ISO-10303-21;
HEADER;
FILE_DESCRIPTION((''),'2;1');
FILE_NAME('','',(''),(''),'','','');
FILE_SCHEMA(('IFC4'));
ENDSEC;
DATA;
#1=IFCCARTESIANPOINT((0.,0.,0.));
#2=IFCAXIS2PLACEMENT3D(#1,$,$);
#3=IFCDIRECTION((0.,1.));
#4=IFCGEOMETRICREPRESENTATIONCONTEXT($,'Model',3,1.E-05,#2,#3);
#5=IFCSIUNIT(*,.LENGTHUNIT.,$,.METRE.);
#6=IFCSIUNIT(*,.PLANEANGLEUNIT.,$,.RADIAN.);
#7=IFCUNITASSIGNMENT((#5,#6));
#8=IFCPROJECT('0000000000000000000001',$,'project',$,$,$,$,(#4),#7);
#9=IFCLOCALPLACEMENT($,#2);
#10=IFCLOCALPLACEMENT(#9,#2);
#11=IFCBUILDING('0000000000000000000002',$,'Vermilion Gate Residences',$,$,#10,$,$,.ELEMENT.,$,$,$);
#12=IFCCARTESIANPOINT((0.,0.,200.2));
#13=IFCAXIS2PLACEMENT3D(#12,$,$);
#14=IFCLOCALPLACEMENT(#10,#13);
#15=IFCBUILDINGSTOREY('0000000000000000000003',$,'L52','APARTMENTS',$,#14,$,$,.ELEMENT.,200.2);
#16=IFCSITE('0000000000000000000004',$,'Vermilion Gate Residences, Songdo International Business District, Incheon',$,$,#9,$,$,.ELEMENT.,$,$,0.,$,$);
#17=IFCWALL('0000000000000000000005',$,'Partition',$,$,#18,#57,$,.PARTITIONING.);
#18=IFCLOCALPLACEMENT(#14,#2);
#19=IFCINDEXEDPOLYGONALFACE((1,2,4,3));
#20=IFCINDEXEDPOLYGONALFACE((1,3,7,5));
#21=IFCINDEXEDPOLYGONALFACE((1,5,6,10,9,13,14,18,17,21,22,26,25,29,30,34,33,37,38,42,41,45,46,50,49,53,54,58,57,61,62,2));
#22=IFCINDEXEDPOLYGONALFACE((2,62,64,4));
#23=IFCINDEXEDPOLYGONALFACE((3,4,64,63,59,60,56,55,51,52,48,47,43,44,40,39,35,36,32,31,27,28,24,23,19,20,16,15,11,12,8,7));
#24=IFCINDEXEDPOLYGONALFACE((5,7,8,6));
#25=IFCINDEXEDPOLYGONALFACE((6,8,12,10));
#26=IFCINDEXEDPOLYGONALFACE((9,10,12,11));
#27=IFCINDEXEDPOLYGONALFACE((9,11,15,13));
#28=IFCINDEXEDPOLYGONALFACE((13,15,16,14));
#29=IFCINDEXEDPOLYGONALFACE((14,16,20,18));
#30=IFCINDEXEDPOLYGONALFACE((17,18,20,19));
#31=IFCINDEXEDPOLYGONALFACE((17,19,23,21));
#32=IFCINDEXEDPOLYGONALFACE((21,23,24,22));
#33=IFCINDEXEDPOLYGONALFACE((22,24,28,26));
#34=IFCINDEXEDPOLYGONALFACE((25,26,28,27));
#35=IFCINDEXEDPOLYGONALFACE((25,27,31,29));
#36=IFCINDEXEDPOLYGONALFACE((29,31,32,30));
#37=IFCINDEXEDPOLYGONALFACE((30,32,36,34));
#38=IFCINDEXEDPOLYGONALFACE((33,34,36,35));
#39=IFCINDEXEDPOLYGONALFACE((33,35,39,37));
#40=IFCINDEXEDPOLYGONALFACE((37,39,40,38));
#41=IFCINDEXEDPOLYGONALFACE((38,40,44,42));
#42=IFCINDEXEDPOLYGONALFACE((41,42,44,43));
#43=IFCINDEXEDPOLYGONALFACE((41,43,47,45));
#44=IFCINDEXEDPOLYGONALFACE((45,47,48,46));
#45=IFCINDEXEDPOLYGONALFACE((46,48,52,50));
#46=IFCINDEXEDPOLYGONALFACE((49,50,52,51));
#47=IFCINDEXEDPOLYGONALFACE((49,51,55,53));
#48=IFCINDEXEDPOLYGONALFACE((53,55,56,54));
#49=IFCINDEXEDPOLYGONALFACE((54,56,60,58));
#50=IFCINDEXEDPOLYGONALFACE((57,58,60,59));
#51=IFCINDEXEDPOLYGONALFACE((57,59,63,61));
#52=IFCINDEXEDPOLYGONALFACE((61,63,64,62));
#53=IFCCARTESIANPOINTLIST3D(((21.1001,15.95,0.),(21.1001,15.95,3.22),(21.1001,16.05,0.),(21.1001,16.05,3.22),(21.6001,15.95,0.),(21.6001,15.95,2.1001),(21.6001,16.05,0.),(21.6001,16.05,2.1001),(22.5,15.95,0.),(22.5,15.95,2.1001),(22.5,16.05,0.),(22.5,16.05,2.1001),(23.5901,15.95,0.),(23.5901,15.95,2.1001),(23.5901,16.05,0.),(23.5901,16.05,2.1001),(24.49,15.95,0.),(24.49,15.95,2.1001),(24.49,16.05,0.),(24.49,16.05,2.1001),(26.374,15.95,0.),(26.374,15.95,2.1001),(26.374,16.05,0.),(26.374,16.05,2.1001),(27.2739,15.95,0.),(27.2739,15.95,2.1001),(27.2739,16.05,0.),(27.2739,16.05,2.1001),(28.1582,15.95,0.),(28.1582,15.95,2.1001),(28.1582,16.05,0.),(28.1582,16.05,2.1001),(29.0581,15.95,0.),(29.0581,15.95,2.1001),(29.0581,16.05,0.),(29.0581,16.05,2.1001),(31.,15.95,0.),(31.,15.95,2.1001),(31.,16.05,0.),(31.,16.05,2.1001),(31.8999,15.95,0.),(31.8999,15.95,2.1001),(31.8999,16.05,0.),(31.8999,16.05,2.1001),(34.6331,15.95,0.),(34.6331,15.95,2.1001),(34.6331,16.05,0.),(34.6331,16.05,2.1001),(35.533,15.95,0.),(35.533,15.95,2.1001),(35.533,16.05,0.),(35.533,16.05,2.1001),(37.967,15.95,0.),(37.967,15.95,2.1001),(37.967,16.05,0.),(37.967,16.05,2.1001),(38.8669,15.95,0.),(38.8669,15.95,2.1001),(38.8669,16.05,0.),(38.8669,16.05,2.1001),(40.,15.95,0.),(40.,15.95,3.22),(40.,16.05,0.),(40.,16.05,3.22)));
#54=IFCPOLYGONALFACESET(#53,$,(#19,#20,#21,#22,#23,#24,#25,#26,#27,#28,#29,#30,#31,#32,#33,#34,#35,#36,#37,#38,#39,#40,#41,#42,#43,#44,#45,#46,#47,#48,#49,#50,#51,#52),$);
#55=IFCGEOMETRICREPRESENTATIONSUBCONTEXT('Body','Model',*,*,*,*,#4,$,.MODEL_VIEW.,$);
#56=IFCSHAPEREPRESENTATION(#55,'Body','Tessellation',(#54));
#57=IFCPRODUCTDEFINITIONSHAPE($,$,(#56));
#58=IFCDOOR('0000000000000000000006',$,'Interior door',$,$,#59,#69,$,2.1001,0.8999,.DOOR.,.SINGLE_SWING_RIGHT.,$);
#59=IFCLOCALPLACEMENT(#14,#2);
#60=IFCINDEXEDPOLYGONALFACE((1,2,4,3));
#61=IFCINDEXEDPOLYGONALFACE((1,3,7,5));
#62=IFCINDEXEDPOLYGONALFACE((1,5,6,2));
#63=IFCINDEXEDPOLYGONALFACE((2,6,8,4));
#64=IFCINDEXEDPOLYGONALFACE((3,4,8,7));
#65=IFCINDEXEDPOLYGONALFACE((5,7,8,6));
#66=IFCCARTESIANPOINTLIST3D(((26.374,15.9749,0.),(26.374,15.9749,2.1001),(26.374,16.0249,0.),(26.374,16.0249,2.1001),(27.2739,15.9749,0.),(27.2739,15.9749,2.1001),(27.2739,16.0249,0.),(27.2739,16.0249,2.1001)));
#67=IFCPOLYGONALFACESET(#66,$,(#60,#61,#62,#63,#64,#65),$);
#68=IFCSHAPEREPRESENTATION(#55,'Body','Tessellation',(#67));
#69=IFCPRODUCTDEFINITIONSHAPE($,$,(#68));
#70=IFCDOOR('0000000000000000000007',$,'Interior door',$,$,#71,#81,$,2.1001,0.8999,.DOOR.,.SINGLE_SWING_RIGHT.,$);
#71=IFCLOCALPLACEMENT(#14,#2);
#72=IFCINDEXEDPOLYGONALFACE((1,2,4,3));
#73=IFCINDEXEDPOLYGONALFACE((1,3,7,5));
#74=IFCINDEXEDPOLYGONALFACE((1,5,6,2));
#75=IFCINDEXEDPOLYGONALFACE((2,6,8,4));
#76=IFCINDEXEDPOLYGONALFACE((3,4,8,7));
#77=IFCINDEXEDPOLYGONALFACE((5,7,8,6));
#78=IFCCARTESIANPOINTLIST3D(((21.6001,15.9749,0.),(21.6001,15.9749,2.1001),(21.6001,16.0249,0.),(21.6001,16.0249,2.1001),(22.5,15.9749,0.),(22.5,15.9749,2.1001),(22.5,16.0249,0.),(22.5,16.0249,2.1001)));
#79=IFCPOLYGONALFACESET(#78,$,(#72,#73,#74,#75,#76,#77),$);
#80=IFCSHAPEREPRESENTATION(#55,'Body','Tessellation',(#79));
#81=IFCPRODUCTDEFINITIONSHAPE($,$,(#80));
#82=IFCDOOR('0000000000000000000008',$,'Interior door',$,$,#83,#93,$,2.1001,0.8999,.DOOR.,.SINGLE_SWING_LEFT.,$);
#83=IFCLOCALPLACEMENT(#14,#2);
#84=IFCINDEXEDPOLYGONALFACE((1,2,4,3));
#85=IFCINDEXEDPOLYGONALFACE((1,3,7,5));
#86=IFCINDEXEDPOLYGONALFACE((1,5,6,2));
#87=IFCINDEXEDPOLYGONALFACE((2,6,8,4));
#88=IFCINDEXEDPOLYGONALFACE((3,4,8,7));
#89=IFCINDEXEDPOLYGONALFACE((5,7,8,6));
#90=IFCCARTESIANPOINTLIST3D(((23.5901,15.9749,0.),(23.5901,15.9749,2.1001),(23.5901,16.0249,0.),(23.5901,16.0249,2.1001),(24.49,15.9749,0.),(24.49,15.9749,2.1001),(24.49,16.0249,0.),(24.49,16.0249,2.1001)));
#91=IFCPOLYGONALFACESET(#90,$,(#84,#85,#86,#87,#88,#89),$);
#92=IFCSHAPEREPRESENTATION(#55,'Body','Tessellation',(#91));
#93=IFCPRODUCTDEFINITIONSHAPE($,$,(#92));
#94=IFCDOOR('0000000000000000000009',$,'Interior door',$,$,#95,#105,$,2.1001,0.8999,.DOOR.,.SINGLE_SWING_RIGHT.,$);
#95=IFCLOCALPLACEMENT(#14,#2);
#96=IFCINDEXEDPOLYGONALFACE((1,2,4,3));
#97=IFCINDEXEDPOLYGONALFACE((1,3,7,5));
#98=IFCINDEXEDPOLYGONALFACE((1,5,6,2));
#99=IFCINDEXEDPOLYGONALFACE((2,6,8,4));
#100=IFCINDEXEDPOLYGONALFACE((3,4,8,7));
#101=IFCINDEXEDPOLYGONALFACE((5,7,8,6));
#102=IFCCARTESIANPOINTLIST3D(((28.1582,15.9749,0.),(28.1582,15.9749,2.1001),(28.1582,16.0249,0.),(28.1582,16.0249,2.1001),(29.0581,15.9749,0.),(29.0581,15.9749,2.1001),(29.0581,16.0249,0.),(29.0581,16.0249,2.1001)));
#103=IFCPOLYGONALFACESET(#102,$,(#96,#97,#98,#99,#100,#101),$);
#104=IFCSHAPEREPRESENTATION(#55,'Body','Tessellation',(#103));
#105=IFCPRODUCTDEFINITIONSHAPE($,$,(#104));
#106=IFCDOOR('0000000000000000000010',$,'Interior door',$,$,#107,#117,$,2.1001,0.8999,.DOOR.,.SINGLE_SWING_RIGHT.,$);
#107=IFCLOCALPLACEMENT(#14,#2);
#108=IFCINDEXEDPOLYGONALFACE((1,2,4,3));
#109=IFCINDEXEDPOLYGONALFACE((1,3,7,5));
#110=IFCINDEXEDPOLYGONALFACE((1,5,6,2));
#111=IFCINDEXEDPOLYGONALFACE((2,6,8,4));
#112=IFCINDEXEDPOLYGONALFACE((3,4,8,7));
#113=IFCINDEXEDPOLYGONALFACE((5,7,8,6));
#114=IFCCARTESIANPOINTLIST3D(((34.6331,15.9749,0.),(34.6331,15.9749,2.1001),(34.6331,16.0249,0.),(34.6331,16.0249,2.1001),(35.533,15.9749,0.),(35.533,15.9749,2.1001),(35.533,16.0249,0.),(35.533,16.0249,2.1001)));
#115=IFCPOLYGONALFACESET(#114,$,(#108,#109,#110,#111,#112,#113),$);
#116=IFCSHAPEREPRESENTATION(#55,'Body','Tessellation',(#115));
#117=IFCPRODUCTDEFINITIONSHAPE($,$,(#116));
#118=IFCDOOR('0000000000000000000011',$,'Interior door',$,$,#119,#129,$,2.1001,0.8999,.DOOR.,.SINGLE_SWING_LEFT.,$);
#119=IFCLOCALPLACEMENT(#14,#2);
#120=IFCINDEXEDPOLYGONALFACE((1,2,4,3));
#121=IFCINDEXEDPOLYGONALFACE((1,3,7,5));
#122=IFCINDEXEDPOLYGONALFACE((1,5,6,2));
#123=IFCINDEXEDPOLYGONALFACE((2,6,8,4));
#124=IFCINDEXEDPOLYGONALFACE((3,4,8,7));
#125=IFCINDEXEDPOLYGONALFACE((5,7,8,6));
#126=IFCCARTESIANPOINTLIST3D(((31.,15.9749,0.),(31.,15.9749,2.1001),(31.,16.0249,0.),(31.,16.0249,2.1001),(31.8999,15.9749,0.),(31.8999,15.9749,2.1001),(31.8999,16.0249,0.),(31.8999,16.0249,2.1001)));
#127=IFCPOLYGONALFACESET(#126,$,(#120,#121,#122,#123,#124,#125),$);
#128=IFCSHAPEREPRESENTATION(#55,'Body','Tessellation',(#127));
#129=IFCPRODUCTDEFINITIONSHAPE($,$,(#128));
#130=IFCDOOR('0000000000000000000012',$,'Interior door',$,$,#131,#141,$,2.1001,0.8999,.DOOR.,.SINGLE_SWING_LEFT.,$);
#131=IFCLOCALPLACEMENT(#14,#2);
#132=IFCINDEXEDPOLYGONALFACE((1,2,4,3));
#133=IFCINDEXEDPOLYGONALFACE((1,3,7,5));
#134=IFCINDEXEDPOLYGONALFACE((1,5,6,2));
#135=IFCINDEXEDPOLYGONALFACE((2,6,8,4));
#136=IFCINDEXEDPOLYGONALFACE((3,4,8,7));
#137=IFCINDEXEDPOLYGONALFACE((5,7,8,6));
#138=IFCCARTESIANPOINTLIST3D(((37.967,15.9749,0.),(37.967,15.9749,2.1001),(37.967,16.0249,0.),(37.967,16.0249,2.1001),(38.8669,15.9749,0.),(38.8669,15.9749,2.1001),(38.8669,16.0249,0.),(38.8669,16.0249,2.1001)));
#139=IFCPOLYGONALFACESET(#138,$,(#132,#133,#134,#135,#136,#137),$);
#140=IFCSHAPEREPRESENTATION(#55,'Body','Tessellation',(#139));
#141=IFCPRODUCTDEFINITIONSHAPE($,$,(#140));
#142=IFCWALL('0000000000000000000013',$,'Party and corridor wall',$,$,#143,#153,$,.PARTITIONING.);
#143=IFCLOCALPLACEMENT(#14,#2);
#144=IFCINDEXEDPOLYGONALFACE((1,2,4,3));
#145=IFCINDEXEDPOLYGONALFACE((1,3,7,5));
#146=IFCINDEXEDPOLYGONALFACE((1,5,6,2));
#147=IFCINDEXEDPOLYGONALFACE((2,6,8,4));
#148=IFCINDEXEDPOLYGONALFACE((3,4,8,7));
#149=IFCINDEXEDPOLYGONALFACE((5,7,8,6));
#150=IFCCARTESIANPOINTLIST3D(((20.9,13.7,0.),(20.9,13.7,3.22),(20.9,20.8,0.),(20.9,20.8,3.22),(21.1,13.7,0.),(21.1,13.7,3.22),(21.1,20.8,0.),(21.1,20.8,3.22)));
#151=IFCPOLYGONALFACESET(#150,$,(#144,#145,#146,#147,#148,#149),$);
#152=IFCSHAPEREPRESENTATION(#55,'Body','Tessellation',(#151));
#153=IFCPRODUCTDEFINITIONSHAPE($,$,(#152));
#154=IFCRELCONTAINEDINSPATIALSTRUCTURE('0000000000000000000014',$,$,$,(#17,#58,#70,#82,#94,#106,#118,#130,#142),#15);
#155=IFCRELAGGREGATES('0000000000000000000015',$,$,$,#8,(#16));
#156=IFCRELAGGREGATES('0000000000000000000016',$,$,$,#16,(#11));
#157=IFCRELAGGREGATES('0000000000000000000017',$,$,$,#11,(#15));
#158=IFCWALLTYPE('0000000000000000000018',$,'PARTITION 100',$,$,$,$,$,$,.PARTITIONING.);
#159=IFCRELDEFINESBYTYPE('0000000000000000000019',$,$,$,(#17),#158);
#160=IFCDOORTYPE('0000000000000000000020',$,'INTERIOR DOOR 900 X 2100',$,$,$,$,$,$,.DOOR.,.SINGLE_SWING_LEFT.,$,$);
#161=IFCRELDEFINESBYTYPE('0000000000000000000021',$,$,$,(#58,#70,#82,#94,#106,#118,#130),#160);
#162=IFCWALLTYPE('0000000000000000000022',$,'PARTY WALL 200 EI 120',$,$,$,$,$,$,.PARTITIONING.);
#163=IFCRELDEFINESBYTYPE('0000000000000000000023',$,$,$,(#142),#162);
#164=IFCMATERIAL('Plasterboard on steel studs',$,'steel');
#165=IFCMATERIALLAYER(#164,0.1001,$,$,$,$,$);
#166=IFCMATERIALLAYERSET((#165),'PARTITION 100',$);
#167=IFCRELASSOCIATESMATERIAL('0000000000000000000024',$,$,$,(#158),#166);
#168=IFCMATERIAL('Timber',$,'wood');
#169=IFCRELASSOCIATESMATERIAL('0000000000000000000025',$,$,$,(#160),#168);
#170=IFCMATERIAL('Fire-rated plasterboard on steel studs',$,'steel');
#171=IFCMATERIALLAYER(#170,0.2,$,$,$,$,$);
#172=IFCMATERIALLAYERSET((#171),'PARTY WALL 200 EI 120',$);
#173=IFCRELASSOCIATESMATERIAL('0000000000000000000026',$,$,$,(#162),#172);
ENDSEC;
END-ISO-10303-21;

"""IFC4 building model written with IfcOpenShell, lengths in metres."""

from ifc_helpers import new_model, si_unit, direction, frame, frame_2d, origin, place, context, subcontext, project, spatial, rectangle, extrude, material, layer, layer_set, type_object, element, fill, save


model = new_model("IFC4")

# Units and contexts
model_context = context("Model", 3, precision=1e-05, world=origin(), true_north=direction((0.0, 1.0)))
body_context = subcontext(model_context, "Body", "Model", "MODEL_VIEW")
ifc_project = project(units=[si_unit("LENGTHUNIT", "METRE"), si_unit("PLANEANGLEUNIT", "RADIAN")], contexts=[model_context])

# Site, building, storey
site_placement = place(None, origin())
site = spatial("IfcSite", under=ifc_project, at=site_placement, Name="Vermilion Gate Residences, Songdo International Business District, Incheon", CompositionType="ELEMENT", RefElevation=0.0)
building_placement = place(site_placement, origin())
building = spatial("IfcBuilding", under=site, at=building_placement, Name="Vermilion Gate Residences", CompositionType="ELEMENT")
storey_placement = place(building_placement, frame((0.0, 0.0, 200.2)))
storey = spatial("IfcBuildingStorey", under=building, at=storey_placement, Name="L52", Description="APARTMENTS", CompositionType="ELEMENT", Elevation=200.2)

# Wall, openings, doors
ifc_material_1 = material(Name="Plasterboard on steel studs", Category="steel")
ifc_layer_1 = layer(ifc_material_1, 0.1001)
ifc_layer_set_1 = layer_set([ifc_layer_1], Name="PARTITION 100")
wall_type_1 = type_object("IfcWallType", Name="PARTITION 100", PredefinedType="PARTITIONING", material=ifc_layer_set_1)
ifc_material_2 = material(Name="Timber", Category="wood")
door_type_1 = type_object("IfcDoorType", Name="INTERIOR DOOR 900 X 2100", OperationType="SINGLE_SWING_LEFT", PredefinedType="DOOR", material=ifc_material_2)
wall_1_placement = place(storey_placement, frame((21.1001, 16.0, 0.0), z_axis=(0.0, 0.0, 1.0), x_axis=(1.0, 0.0, 0.0)))
wall_1 = element("IfcWall", 1, at=wall_1_placement, inside=storey, type_object=wall_type_1, Name="Partition", PredefinedType="PARTITIONING", context=body_context, shape_type="SweptSolid", body=[
    extrude(rectangle(XDim=18.8999, YDim=0.1001, at=frame_2d((9.45, 0.0))), origin(), (0.0, 0.0, 1.0), 3.22),
])
opening_1_placement = place(wall_1_placement, frame((5.2739, 0.0, 0.0)))
opening_1 = element("IfcOpeningElement", 2, at=opening_1_placement, cuts=wall_1, PredefinedType="OPENING", context=body_context, shape_type="SweptSolid", body=[
    extrude(rectangle(XDim=0.8999, YDim=2.1001, at=frame_2d((0.45, 1.05))), frame((0.0, 0.0601, 0.0), z_axis=(0.0, -1.0, 0.0), x_axis=(1.0, 0.0, 0.0)), (0.0, 0.0, 1.0), 0.1201),
])
opening_2_placement = place(wall_1_placement, frame((0.5, 0.0, 0.0)))
opening_2 = element("IfcOpeningElement", 3, at=opening_2_placement, cuts=wall_1, PredefinedType="OPENING", context=body_context, shape_type="SweptSolid", body=[
    extrude(rectangle(XDim=0.8999, YDim=2.1001, at=frame_2d((0.45, 1.05))), frame((0.0, 0.0601, 0.0), z_axis=(0.0, -1.0, 0.0), x_axis=(1.0, 0.0, 0.0)), (0.0, 0.0, 1.0), 0.1201),
])
opening_3_placement = place(wall_1_placement, frame((2.49, 0.0, 0.0)))
opening_3 = element("IfcOpeningElement", 4, at=opening_3_placement, cuts=wall_1, PredefinedType="OPENING", context=body_context, shape_type="SweptSolid", body=[
    extrude(rectangle(XDim=0.8999, YDim=2.1001, at=frame_2d((0.45, 1.05))), frame((0.0, 0.0601, 0.0), z_axis=(0.0, -1.0, 0.0), x_axis=(1.0, 0.0, 0.0)), (0.0, 0.0, 1.0), 0.1201),
])
opening_4_placement = place(wall_1_placement, frame((7.0581, 0.0, 0.0)))
opening_4 = element("IfcOpeningElement", 5, at=opening_4_placement, cuts=wall_1, PredefinedType="OPENING", context=body_context, shape_type="SweptSolid", body=[
    extrude(rectangle(XDim=0.8999, YDim=2.1001, at=frame_2d((0.45, 1.05))), frame((0.0, 0.0601, 0.0), z_axis=(0.0, -1.0, 0.0), x_axis=(1.0, 0.0, 0.0)), (0.0, 0.0, 1.0), 0.1201),
])
opening_5_placement = place(wall_1_placement, frame((13.533, 0.0, 0.0)))
opening_5 = element("IfcOpeningElement", 6, at=opening_5_placement, cuts=wall_1, PredefinedType="OPENING", context=body_context, shape_type="SweptSolid", body=[
    extrude(rectangle(XDim=0.8999, YDim=2.1001, at=frame_2d((0.45, 1.05))), frame((0.0, 0.0601, 0.0), z_axis=(0.0, -1.0, 0.0), x_axis=(1.0, 0.0, 0.0)), (0.0, 0.0, 1.0), 0.1201),
])
opening_6_placement = place(wall_1_placement, frame((9.8999, 0.0, 0.0)))
opening_6 = element("IfcOpeningElement", 7, at=opening_6_placement, cuts=wall_1, PredefinedType="OPENING", context=body_context, shape_type="SweptSolid", body=[
    extrude(rectangle(XDim=0.8999, YDim=2.1001, at=frame_2d((0.45, 1.05))), frame((0.0, 0.0601, 0.0), z_axis=(0.0, -1.0, 0.0), x_axis=(1.0, 0.0, 0.0)), (0.0, 0.0, 1.0), 0.1201),
])
opening_7_placement = place(wall_1_placement, frame((16.8669, 0.0, 0.0)))
opening_7 = element("IfcOpeningElement", 8, at=opening_7_placement, cuts=wall_1, PredefinedType="OPENING", context=body_context, shape_type="SweptSolid", body=[
    extrude(rectangle(XDim=0.8999, YDim=2.1001, at=frame_2d((0.45, 1.05))), frame((0.0, 0.0601, 0.0), z_axis=(0.0, -1.0, 0.0), x_axis=(1.0, 0.0, 0.0)), (0.0, 0.0, 1.0), 0.1201),
])
door_1_placement = place(opening_1_placement, origin())
door_1 = element("IfcDoor", 9, at=door_1_placement, inside=storey, type_object=door_type_1, Name="Interior door", OperationType="SINGLE_SWING_RIGHT", OverallHeight=2.1001, OverallWidth=0.8999, PredefinedType="DOOR", context=body_context, shape_type="SweptSolid", body=[
    extrude(rectangle(XDim=0.8999, YDim=2.1001, at=frame_2d((0.45, 1.05))), frame((0.0, 0.0249, 0.0), z_axis=(0.0, -1.0, 0.0), x_axis=(1.0, 0.0, 0.0)), (0.0, 0.0, 1.0), 0.05),
])
fill(opening_1, door_1)
door_2_placement = place(opening_2_placement, origin())
door_2 = element("IfcDoor", 10, at=door_2_placement, inside=storey, type_object=door_type_1, Name="Interior door", OperationType="SINGLE_SWING_RIGHT", OverallHeight=2.1001, OverallWidth=0.8999, PredefinedType="DOOR", context=body_context, shape_type="SweptSolid", body=[
    extrude(rectangle(XDim=0.8999, YDim=2.1001, at=frame_2d((0.45, 1.05))), frame((0.0, 0.0249, 0.0), z_axis=(0.0, -1.0, 0.0), x_axis=(1.0, 0.0, 0.0)), (0.0, 0.0, 1.0), 0.05),
])
fill(opening_2, door_2)
door_3_placement = place(opening_3_placement, origin())
door_3 = element("IfcDoor", 11, at=door_3_placement, inside=storey, type_object=door_type_1, Name="Interior door", OperationType="SINGLE_SWING_LEFT", OverallHeight=2.1001, OverallWidth=0.8999, PredefinedType="DOOR", context=body_context, shape_type="SweptSolid", body=[
    extrude(rectangle(XDim=0.8999, YDim=2.1001, at=frame_2d((0.45, 1.05))), frame((0.0, 0.0249, 0.0), z_axis=(0.0, -1.0, 0.0), x_axis=(1.0, 0.0, 0.0)), (0.0, 0.0, 1.0), 0.05),
])
fill(opening_3, door_3)
door_4_placement = place(opening_4_placement, origin())
door_4 = element("IfcDoor", 12, at=door_4_placement, inside=storey, type_object=door_type_1, Name="Interior door", OperationType="SINGLE_SWING_RIGHT", OverallHeight=2.1001, OverallWidth=0.8999, PredefinedType="DOOR", context=body_context, shape_type="SweptSolid", body=[
    extrude(rectangle(XDim=0.8999, YDim=2.1001, at=frame_2d((0.45, 1.05))), frame((0.0, 0.0249, 0.0), z_axis=(0.0, -1.0, 0.0), x_axis=(1.0, 0.0, 0.0)), (0.0, 0.0, 1.0), 0.05),
])
fill(opening_4, door_4)
door_5_placement = place(opening_5_placement, origin())
door_5 = element("IfcDoor", 13, at=door_5_placement, inside=storey, type_object=door_type_1, Name="Interior door", OperationType="SINGLE_SWING_RIGHT", OverallHeight=2.1001, OverallWidth=0.8999, PredefinedType="DOOR", context=body_context, shape_type="SweptSolid", body=[
    extrude(rectangle(XDim=0.8999, YDim=2.1001, at=frame_2d((0.45, 1.05))), frame((0.0, 0.0249, 0.0), z_axis=(0.0, -1.0, 0.0), x_axis=(1.0, 0.0, 0.0)), (0.0, 0.0, 1.0), 0.05),
])
fill(opening_5, door_5)
door_6_placement = place(opening_6_placement, origin())
door_6 = element("IfcDoor", 14, at=door_6_placement, inside=storey, type_object=door_type_1, Name="Interior door", OperationType="SINGLE_SWING_LEFT", OverallHeight=2.1001, OverallWidth=0.8999, PredefinedType="DOOR", context=body_context, shape_type="SweptSolid", body=[
    extrude(rectangle(XDim=0.8999, YDim=2.1001, at=frame_2d((0.45, 1.05))), frame((0.0, 0.0249, 0.0), z_axis=(0.0, -1.0, 0.0), x_axis=(1.0, 0.0, 0.0)), (0.0, 0.0, 1.0), 0.05),
])
fill(opening_6, door_6)
door_7_placement = place(opening_7_placement, origin())
door_7 = element("IfcDoor", 15, at=door_7_placement, inside=storey, type_object=door_type_1, Name="Interior door", OperationType="SINGLE_SWING_LEFT", OverallHeight=2.1001, OverallWidth=0.8999, PredefinedType="DOOR", context=body_context, shape_type="SweptSolid", body=[
    extrude(rectangle(XDim=0.8999, YDim=2.1001, at=frame_2d((0.45, 1.05))), frame((0.0, 0.0249, 0.0), z_axis=(0.0, -1.0, 0.0), x_axis=(1.0, 0.0, 0.0)), (0.0, 0.0, 1.0), 0.05),
])
fill(opening_7, door_7)

# Wall
ifc_material_3 = material(Name="Fire-rated plasterboard on steel studs", Category="steel")
ifc_layer_2 = layer(ifc_material_3, 0.2)
ifc_layer_set_2 = layer_set([ifc_layer_2], Name="PARTY WALL 200 EI 120")
wall_type_2 = type_object("IfcWallType", Name="PARTY WALL 200 EI 120", PredefinedType="PARTITIONING", material=ifc_layer_set_2)
wall_2_placement = place(storey_placement, frame((21.0, 13.7, 0.0), z_axis=(0.0, 0.0, 1.0), x_axis=(0.0, 1.0, 0.0)))
element("IfcWall", 16, at=wall_2_placement, inside=storey, type_object=wall_type_2, Name="Party and corridor wall", PredefinedType="PARTITIONING", context=body_context, shape_type="SweptSolid", body=[
    extrude(rectangle(XDim=7.1001, YDim=0.2, at=frame_2d((3.55, 0.0))), origin(), (0.0, 0.0, 1.0), 3.22),
])

save(model, "model.ifc")
